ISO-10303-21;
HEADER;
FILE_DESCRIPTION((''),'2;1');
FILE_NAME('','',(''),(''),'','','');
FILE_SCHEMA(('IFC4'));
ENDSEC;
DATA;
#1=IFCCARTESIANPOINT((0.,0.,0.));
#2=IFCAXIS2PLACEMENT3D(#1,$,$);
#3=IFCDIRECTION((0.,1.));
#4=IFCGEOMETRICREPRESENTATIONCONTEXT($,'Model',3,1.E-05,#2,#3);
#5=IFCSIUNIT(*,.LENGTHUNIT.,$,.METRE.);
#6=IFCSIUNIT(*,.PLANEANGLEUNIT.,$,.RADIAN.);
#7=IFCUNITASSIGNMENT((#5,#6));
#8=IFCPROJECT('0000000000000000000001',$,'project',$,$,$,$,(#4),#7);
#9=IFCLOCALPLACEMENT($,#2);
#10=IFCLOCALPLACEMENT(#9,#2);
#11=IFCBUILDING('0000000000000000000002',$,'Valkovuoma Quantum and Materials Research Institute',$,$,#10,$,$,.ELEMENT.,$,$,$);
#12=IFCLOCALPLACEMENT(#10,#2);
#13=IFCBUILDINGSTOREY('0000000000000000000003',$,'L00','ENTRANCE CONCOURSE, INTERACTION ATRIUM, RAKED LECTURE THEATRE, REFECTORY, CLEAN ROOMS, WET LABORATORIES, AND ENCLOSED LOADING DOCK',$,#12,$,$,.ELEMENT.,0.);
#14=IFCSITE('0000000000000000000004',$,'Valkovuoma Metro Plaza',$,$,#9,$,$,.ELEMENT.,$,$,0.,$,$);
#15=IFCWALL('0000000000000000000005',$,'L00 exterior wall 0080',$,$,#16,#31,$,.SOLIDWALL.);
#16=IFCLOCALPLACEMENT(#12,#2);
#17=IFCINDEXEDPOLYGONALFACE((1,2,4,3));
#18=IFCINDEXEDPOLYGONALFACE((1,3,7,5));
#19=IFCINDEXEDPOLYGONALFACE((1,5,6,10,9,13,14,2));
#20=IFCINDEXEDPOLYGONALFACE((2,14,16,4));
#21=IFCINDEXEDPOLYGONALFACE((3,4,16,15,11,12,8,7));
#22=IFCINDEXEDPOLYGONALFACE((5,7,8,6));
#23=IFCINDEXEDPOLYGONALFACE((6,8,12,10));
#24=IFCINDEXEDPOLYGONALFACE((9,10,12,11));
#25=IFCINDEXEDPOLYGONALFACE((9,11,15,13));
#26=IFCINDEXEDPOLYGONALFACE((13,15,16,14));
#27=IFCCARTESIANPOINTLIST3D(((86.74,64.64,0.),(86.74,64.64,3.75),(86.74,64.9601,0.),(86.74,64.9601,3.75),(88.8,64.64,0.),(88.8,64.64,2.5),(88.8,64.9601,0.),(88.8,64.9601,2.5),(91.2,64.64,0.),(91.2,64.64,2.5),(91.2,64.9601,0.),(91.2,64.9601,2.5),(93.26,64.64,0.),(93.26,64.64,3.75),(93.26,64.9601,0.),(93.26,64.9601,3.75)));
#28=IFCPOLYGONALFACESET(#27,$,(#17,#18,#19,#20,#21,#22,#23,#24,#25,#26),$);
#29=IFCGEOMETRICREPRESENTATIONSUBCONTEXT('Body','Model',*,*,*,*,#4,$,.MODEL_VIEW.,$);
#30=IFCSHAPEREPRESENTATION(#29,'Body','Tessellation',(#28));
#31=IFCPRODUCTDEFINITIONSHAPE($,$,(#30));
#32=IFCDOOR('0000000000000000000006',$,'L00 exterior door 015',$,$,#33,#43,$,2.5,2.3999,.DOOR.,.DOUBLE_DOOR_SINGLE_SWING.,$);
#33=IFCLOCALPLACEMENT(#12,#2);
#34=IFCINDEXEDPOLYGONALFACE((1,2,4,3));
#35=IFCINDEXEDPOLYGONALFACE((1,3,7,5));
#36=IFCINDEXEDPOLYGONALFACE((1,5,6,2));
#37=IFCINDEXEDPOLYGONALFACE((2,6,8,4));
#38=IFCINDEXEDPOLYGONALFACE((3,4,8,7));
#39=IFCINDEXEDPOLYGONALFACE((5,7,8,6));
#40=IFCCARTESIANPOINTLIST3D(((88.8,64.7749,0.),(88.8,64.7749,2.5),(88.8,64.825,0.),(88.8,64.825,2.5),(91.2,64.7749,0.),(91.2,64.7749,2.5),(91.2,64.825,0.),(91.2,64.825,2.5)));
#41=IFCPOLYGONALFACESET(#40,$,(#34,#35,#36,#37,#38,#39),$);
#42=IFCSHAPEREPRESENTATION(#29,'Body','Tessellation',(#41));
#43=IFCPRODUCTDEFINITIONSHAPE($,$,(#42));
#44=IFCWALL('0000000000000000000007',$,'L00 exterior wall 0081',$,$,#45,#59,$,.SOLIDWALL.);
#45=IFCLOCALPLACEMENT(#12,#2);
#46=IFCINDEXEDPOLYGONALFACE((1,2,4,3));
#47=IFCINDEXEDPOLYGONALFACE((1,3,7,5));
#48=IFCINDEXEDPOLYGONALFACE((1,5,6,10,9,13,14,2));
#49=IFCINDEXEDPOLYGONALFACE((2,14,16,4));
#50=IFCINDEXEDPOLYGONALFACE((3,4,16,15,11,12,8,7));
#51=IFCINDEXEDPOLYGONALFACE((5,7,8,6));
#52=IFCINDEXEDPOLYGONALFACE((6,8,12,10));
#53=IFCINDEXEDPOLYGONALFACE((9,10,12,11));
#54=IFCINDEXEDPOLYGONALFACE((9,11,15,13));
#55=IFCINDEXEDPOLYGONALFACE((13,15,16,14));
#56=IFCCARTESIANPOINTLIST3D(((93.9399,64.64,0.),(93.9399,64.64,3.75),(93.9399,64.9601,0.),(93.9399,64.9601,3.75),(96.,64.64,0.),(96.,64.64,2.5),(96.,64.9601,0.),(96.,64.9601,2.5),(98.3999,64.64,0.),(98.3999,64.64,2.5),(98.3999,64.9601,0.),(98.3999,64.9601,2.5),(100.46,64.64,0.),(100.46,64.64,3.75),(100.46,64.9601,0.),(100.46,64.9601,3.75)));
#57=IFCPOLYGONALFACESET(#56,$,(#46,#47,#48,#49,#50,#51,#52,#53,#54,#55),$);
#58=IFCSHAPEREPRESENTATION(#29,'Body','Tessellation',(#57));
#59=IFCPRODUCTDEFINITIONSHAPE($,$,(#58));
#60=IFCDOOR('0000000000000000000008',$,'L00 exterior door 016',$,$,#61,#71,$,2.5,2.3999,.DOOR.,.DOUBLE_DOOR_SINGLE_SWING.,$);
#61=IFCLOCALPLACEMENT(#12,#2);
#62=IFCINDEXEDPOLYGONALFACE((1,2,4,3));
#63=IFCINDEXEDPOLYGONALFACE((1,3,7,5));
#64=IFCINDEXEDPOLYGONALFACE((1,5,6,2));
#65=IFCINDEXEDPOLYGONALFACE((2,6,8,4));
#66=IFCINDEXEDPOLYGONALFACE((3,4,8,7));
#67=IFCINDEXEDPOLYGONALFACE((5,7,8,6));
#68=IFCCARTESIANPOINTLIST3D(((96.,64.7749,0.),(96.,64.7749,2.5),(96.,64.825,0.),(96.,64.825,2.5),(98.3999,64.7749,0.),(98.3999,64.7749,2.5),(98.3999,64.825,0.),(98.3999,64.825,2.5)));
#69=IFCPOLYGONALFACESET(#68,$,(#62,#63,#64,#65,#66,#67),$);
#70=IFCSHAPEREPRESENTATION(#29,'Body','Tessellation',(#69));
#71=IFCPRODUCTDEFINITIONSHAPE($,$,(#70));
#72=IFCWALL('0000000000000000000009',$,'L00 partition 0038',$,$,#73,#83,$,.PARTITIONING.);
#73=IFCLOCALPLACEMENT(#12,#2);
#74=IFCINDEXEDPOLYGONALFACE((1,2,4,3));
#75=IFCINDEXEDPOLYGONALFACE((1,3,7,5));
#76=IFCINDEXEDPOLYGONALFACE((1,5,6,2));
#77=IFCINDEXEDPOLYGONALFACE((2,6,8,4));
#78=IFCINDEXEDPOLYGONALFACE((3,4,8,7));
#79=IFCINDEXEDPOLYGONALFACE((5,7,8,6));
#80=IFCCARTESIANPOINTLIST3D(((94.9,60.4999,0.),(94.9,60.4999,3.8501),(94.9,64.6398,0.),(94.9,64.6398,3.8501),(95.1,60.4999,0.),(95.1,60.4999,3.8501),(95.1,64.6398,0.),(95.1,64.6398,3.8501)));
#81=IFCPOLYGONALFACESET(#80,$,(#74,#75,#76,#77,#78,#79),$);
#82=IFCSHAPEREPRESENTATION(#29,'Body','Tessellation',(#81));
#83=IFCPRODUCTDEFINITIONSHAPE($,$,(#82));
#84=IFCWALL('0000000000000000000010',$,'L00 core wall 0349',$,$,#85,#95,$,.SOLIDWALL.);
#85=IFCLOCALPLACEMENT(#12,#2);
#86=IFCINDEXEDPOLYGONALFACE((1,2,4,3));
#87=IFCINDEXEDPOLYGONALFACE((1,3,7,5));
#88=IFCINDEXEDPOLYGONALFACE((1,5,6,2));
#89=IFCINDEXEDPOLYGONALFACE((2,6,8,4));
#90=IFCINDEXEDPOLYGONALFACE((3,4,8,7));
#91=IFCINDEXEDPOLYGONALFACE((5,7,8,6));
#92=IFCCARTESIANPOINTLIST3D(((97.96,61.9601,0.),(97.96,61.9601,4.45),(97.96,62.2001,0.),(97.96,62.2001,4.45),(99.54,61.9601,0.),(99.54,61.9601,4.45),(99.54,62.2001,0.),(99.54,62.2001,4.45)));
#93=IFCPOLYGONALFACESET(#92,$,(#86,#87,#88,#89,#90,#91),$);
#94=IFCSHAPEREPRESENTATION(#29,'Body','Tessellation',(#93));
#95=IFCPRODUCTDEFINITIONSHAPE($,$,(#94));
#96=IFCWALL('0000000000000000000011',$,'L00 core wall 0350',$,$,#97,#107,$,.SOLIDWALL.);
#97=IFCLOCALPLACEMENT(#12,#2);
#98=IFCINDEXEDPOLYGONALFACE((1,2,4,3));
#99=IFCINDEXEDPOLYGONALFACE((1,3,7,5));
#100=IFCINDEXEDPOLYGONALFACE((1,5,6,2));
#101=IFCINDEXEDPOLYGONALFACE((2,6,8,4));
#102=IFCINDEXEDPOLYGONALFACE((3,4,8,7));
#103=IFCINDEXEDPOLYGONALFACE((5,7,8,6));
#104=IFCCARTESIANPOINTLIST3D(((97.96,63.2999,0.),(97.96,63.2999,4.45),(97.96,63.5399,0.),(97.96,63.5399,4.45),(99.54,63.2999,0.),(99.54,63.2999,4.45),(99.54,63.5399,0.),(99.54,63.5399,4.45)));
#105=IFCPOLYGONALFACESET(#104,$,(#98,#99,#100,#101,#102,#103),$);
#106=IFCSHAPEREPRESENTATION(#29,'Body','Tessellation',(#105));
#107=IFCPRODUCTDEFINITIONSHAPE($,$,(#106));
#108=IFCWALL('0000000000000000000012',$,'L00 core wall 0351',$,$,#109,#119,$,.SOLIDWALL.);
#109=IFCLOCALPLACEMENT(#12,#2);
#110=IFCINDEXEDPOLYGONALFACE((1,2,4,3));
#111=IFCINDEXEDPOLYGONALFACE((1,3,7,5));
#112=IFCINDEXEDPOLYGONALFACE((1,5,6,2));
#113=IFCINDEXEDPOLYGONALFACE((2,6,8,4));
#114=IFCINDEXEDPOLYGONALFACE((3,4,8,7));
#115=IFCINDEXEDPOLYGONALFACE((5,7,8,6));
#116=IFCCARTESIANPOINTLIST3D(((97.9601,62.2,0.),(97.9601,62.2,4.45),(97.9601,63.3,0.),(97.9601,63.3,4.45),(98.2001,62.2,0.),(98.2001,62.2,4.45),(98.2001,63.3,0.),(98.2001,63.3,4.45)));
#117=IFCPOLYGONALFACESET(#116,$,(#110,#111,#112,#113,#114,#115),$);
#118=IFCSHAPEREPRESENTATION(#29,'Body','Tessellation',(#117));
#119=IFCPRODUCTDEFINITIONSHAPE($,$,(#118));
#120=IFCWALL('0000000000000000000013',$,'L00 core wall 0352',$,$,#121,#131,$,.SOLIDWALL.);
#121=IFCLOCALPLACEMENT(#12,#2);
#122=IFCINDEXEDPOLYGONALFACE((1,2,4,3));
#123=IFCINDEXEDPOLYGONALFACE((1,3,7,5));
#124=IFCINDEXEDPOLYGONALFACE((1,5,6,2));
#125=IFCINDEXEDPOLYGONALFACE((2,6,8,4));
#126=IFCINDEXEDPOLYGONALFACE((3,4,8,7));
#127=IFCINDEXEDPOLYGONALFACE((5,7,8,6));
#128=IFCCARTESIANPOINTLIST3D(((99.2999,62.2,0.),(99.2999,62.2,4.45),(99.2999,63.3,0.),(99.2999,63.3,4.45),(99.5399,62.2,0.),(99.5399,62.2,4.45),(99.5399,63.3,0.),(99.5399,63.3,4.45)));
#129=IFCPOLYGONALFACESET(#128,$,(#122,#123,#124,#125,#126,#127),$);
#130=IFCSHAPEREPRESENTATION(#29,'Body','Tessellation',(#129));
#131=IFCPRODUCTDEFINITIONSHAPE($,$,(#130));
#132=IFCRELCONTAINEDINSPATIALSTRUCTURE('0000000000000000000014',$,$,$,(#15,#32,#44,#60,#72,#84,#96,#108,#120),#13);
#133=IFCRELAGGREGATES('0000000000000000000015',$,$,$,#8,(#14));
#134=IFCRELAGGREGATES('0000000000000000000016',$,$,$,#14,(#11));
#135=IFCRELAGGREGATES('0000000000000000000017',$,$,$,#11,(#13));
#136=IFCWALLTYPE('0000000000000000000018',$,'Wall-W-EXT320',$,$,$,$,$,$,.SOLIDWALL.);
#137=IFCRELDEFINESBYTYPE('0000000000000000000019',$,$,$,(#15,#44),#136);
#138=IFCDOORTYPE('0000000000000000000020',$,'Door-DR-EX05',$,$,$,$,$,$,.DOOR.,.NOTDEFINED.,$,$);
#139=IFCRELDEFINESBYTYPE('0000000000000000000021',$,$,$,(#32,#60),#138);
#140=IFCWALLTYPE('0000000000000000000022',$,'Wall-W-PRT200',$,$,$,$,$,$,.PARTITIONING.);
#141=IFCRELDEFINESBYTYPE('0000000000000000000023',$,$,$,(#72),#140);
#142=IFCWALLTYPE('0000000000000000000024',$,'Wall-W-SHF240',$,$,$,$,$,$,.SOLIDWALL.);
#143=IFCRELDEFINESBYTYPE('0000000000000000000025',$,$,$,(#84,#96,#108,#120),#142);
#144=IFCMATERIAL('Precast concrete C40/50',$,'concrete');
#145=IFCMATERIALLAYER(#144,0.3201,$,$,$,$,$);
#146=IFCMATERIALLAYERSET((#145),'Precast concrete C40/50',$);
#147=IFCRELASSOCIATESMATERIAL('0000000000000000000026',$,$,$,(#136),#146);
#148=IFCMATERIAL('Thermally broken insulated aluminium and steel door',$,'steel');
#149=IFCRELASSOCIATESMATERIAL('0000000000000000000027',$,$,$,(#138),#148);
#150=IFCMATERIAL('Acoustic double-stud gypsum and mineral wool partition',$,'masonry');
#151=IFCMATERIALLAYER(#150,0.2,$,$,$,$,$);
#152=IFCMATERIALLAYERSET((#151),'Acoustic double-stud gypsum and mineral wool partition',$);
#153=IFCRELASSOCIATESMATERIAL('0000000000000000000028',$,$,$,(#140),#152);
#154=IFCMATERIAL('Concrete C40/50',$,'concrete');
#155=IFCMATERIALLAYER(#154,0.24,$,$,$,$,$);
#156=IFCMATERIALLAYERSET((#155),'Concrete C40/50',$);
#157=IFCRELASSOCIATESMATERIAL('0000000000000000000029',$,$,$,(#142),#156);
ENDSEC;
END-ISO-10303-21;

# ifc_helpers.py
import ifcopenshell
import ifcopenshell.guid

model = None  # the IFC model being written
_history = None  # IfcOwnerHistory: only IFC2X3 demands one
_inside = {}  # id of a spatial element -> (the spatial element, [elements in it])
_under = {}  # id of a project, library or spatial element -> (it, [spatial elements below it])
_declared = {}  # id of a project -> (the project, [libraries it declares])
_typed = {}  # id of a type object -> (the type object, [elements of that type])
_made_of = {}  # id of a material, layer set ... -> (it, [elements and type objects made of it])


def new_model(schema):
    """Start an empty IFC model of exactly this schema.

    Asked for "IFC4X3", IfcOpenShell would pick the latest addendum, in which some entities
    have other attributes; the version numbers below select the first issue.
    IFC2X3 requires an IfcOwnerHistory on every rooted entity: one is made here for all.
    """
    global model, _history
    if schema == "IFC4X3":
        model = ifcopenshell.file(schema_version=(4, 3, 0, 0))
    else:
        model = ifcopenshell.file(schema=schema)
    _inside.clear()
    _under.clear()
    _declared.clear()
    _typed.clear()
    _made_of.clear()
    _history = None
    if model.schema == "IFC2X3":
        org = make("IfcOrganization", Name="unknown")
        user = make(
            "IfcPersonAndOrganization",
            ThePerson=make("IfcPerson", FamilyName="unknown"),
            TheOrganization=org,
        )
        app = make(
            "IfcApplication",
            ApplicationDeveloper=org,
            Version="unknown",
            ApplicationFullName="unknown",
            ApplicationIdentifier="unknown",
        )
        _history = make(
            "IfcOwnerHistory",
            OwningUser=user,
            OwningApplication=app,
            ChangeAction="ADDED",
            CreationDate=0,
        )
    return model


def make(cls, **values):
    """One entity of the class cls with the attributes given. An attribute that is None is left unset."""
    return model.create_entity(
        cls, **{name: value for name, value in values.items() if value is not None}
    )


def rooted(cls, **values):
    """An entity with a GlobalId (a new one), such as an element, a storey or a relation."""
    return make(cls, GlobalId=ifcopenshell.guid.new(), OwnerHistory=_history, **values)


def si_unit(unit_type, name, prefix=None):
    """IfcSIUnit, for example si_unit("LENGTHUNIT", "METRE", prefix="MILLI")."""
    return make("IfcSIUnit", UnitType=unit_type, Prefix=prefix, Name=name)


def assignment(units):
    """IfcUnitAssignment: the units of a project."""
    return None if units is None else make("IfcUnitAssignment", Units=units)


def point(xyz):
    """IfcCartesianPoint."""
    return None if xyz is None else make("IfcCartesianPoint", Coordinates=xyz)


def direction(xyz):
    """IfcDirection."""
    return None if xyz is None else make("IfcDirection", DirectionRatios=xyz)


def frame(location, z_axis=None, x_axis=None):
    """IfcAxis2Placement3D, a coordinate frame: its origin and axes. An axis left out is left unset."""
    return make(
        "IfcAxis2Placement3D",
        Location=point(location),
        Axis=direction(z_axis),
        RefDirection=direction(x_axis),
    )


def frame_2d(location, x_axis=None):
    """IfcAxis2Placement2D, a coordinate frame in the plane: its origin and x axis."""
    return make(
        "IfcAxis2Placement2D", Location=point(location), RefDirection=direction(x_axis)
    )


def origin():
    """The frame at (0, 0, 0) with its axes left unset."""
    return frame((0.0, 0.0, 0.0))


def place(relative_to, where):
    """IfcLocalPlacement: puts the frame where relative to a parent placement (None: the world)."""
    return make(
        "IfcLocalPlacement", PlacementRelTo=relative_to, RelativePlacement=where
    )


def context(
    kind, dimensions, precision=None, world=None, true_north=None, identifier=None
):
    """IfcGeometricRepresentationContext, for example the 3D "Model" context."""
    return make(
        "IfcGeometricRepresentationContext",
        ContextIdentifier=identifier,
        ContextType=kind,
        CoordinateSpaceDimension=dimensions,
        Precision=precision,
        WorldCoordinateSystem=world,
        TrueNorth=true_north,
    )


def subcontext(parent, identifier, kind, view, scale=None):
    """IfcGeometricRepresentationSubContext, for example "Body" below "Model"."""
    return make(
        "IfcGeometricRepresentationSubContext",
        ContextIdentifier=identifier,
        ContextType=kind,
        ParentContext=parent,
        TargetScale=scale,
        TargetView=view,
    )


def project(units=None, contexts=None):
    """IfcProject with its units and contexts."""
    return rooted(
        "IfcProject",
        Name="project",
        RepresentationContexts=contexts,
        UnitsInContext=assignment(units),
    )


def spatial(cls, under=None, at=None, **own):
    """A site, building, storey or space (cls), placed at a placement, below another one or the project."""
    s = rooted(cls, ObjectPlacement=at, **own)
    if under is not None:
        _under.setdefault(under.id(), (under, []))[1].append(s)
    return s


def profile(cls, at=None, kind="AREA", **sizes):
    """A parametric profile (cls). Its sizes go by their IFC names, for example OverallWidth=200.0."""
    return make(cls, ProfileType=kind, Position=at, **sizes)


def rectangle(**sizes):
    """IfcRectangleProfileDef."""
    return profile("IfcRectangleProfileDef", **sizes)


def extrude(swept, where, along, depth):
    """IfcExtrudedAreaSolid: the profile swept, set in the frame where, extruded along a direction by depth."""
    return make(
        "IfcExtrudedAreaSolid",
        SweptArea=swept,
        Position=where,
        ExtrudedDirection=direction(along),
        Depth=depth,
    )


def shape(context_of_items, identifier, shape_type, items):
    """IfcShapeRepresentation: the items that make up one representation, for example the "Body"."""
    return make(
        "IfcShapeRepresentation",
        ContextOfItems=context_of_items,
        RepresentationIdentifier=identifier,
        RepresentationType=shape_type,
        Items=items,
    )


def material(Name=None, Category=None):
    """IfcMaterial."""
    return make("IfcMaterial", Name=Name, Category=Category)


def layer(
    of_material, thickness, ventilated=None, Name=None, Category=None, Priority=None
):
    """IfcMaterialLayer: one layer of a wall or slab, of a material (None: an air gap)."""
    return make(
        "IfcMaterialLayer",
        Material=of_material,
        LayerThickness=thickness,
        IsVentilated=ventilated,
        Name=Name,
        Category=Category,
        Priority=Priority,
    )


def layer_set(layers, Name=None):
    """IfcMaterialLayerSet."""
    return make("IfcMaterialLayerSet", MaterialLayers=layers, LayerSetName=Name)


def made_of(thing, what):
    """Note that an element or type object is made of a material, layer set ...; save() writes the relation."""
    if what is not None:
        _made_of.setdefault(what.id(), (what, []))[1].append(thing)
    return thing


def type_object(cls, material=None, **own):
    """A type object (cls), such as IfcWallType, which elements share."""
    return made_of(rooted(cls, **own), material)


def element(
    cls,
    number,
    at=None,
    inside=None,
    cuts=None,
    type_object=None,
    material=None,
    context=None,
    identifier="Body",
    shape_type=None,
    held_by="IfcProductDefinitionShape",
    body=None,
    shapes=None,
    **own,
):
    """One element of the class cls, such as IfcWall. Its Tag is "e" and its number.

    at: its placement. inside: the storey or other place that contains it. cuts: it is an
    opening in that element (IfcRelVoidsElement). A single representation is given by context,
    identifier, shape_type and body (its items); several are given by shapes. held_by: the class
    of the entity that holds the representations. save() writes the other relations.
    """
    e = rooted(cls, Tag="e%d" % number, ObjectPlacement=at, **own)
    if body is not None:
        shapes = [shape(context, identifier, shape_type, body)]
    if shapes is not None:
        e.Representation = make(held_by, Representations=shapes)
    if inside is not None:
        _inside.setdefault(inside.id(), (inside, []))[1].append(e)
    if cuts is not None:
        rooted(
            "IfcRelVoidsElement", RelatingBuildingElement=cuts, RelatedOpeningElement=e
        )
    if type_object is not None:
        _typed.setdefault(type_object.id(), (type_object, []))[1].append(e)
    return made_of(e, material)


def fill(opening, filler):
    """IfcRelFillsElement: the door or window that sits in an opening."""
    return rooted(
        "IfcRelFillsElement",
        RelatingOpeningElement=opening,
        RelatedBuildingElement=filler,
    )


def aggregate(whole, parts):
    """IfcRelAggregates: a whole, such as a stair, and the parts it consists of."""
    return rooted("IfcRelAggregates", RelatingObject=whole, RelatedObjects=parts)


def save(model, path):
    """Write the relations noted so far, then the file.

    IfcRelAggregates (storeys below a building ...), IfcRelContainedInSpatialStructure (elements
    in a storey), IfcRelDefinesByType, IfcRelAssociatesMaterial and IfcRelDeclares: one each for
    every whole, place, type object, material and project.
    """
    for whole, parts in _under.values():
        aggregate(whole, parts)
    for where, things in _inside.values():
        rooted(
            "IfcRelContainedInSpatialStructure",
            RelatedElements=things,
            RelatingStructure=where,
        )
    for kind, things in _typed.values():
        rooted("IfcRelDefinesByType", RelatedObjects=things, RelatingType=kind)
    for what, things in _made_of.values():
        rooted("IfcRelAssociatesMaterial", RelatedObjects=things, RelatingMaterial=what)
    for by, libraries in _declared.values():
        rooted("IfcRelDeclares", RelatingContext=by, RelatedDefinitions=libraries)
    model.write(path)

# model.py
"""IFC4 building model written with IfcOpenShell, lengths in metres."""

from ifc_helpers import new_model, si_unit, direction, frame, frame_2d, origin, place, context, subcontext, project, spatial, rectangle, extrude, material, layer, layer_set, type_object, element, fill, save


model = new_model("IFC4")

# Units and contexts
model_context = context("Model", 3, precision=1e-05, world=origin(), true_north=direction((0.0, 1.0)))
body_context = subcontext(model_context, "Body", "Model", "MODEL_VIEW")
ifc_project = project(units=[si_unit("LENGTHUNIT", "METRE"), si_unit("PLANEANGLEUNIT", "RADIAN")], contexts=[model_context])

# Site, building, storey
site_placement = place(None, origin())
site = spatial("IfcSite", under=ifc_project, at=site_placement, Name="Valkovuoma Metro Plaza", CompositionType="ELEMENT", RefElevation=0.0)
building_placement = place(site_placement, origin())
building = spatial("IfcBuilding", under=site, at=building_placement, Name="Valkovuoma Quantum and Materials Research Institute", CompositionType="ELEMENT")
storey_placement = place(building_placement, origin())
storey = spatial("IfcBuildingStorey", under=building, at=storey_placement, Name="L00", Description="ENTRANCE CONCOURSE, INTERACTION ATRIUM, RAKED LECTURE THEATRE, REFECTORY, CLEAN ROOMS, WET LABORATORIES, AND ENCLOSED LOADING DOCK", CompositionType="ELEMENT", Elevation=0.0)

# Walls, openings, doors
ifc_material_1 = material(Name="Precast concrete C40/50", Category="concrete")
ifc_layer_1 = layer(ifc_material_1, 0.3201)
ifc_layer_set_1 = layer_set([ifc_layer_1], Name="Precast concrete C40/50")
wall_type_1 = type_object("IfcWallType", Name="Wall-W-EXT320", PredefinedType="SOLIDWALL", material=ifc_layer_set_1)
wall_1_placement = place(storey_placement, frame((86.74, 64.8, 0.0), z_axis=(0.0, 0.0, 1.0), x_axis=(1.0, 0.0, 0.0)))
wall_1 = element("IfcWall", 1, at=wall_1_placement, inside=storey, type_object=wall_type_1, Name="L00 exterior wall 0080", PredefinedType="SOLIDWALL", context=body_context, shape_type="SweptSolid", body=[
    extrude(rectangle(XDim=6.52, YDim=0.3201, at=frame_2d((3.26, 0.0))), origin(), (0.0, 0.0, 1.0), 3.75),
])
opening_1_placement = place(wall_1_placement, frame((2.0601, 0.0, 0.0)))
opening_1 = element("IfcOpeningElement", 2, at=opening_1_placement, cuts=wall_1, PredefinedType="OPENING", context=body_context, shape_type="SweptSolid", body=[
    extrude(rectangle(XDim=2.3999, YDim=2.5, at=frame_2d((1.2, 1.25))), frame((0.0, 0.1699, 0.0), z_axis=(0.0, -1.0, 0.0), x_axis=(1.0, 0.0, 0.0)), (0.0, 0.0, 1.0), 0.3401),
])
ifc_material_2 = material(Name="Thermally broken insulated aluminium and steel door", Category="steel")
door_type = type_object("IfcDoorType", Name="Door-DR-EX05", OperationType="NOTDEFINED", PredefinedType="DOOR", material=ifc_material_2)
door_1_placement = place(opening_1_placement, origin())
door_1 = element("IfcDoor", 3, at=door_1_placement, inside=storey, type_object=door_type, Name="L00 exterior door 015", OperationType="DOUBLE_DOOR_SINGLE_SWING", OverallHeight=2.5, OverallWidth=2.3999, PredefinedType="DOOR", context=body_context, shape_type="SweptSolid", body=[
    extrude(rectangle(XDim=2.3999, YDim=2.5, at=frame_2d((1.2, 1.25))), frame((0.0, 0.0249, 0.0), z_axis=(0.0, -1.0, 0.0), x_axis=(1.0, 0.0, 0.0)), (0.0, 0.0, 1.0), 0.05),
])
fill(opening_1, door_1)
wall_2_placement = place(storey_placement, frame((93.9399, 64.8, 0.0), z_axis=(0.0, 0.0, 1.0), x_axis=(1.0, 0.0, 0.0)))
wall_2 = element("IfcWall", 4, at=wall_2_placement, inside=storey, type_object=wall_type_1, Name="L00 exterior wall 0081", PredefinedType="SOLIDWALL", context=body_context, shape_type="SweptSolid", body=[
    extrude(rectangle(XDim=6.52, YDim=0.3201, at=frame_2d((3.26, 0.0))), origin(), (0.0, 0.0, 1.0), 3.75),
])
opening_2_placement = place(wall_2_placement, frame((2.0601, 0.0, 0.0)))
opening_2 = element("IfcOpeningElement", 5, at=opening_2_placement, cuts=wall_2, PredefinedType="OPENING", context=body_context, shape_type="SweptSolid", body=[
    extrude(rectangle(XDim=2.3999, YDim=2.5, at=frame_2d((1.2, 1.25))), frame((0.0, 0.1699, 0.0), z_axis=(0.0, -1.0, 0.0), x_axis=(1.0, 0.0, 0.0)), (0.0, 0.0, 1.0), 0.3401),
])
door_2_placement = place(opening_2_placement, origin())
door_2 = element("IfcDoor", 6, at=door_2_placement, inside=storey, type_object=door_type, Name="L00 exterior door 016", OperationType="DOUBLE_DOOR_SINGLE_SWING", OverallHeight=2.5, OverallWidth=2.3999, PredefinedType="DOOR", context=body_context, shape_type="SweptSolid", body=[
    extrude(rectangle(XDim=2.3999, YDim=2.5, at=frame_2d((1.2, 1.25))), frame((0.0, 0.0249, 0.0), z_axis=(0.0, -1.0, 0.0), x_axis=(1.0, 0.0, 0.0)), (0.0, 0.0, 1.0), 0.05),
])
fill(opening_2, door_2)

# Walls
ifc_material_3 = material(Name="Acoustic double-stud gypsum and mineral wool partition", Category="masonry")
ifc_layer_2 = layer(ifc_material_3, 0.2)
ifc_layer_set_2 = layer_set([ifc_layer_2], Name="Acoustic double-stud gypsum and mineral wool partition")
wall_type_2 = type_object("IfcWallType", Name="Wall-W-PRT200", PredefinedType="PARTITIONING", material=ifc_layer_set_2)
wall_3_placement = place(storey_placement, frame((95.0, 60.5, 0.0), z_axis=(0.0, 0.0, 1.0), x_axis=(0.0, 1.0, 0.0)))
element("IfcWall", 7, at=wall_3_placement, inside=storey, type_object=wall_type_2, Name="L00 partition 0038", PredefinedType="PARTITIONING", context=body_context, shape_type="SweptSolid", body=[
    extrude(rectangle(XDim=4.1399, YDim=0.2, at=frame_2d((2.0698, 0.0))), origin(), (0.0, 0.0, 1.0), 3.8501),
])
ifc_material_4 = material(Name="Concrete C40/50", Category="concrete")
ifc_layer_3 = layer(ifc_material_4, 0.24)
ifc_layer_set_3 = layer_set([ifc_layer_3], Name="Concrete C40/50")
wall_type_3 = type_object("IfcWallType", Name="Wall-W-SHF240", PredefinedType="SOLIDWALL", material=ifc_layer_set_3)
for number, where, z_axis, x_axis, name in (
    (8, (97.96, 62.0801, 0.0), (0.0, 0.0, 1.0), (1.0, 0.0, 0.0), "L00 core wall 0349"),
    (9, (97.96, 63.4199, 0.0), (0.0, 0.0, 1.0), (1.0, 0.0, 0.0), "L00 core wall 0350"),
):
    element("IfcWall", number, at=place(storey_placement, frame(where, z_axis=z_axis, x_axis=x_axis)), inside=storey, type_object=wall_type_3, Name=name, PredefinedType="SOLIDWALL", context=body_context, shape_type="SweptSolid", body=[
        extrude(rectangle(XDim=1.5801, YDim=0.24, at=frame_2d((0.79, 0.0))), origin(), (0.0, 0.0, 1.0), 4.45),
    ])
for number, where, z_axis, x_axis, name in (
    (10, (98.0801, 62.2, 0.0), (0.0, 0.0, 1.0), (0.0, 1.0, 0.0), "L00 core wall 0351"),
    (11, (99.4199, 62.2, 0.0), (0.0, 0.0, 1.0), (0.0, 1.0, 0.0), "L00 core wall 0352"),
):
    element("IfcWall", number, at=place(storey_placement, frame(where, z_axis=z_axis, x_axis=x_axis)), inside=storey, type_object=wall_type_3, Name=name, PredefinedType="SOLIDWALL", context=body_context, shape_type="SweptSolid", body=[
        extrude(rectangle(XDim=1.1001, YDim=0.24, at=frame_2d((0.55, 0.0))), origin(), (0.0, 0.0, 1.0), 4.45),
    ])

save(model, "model.ifc")
